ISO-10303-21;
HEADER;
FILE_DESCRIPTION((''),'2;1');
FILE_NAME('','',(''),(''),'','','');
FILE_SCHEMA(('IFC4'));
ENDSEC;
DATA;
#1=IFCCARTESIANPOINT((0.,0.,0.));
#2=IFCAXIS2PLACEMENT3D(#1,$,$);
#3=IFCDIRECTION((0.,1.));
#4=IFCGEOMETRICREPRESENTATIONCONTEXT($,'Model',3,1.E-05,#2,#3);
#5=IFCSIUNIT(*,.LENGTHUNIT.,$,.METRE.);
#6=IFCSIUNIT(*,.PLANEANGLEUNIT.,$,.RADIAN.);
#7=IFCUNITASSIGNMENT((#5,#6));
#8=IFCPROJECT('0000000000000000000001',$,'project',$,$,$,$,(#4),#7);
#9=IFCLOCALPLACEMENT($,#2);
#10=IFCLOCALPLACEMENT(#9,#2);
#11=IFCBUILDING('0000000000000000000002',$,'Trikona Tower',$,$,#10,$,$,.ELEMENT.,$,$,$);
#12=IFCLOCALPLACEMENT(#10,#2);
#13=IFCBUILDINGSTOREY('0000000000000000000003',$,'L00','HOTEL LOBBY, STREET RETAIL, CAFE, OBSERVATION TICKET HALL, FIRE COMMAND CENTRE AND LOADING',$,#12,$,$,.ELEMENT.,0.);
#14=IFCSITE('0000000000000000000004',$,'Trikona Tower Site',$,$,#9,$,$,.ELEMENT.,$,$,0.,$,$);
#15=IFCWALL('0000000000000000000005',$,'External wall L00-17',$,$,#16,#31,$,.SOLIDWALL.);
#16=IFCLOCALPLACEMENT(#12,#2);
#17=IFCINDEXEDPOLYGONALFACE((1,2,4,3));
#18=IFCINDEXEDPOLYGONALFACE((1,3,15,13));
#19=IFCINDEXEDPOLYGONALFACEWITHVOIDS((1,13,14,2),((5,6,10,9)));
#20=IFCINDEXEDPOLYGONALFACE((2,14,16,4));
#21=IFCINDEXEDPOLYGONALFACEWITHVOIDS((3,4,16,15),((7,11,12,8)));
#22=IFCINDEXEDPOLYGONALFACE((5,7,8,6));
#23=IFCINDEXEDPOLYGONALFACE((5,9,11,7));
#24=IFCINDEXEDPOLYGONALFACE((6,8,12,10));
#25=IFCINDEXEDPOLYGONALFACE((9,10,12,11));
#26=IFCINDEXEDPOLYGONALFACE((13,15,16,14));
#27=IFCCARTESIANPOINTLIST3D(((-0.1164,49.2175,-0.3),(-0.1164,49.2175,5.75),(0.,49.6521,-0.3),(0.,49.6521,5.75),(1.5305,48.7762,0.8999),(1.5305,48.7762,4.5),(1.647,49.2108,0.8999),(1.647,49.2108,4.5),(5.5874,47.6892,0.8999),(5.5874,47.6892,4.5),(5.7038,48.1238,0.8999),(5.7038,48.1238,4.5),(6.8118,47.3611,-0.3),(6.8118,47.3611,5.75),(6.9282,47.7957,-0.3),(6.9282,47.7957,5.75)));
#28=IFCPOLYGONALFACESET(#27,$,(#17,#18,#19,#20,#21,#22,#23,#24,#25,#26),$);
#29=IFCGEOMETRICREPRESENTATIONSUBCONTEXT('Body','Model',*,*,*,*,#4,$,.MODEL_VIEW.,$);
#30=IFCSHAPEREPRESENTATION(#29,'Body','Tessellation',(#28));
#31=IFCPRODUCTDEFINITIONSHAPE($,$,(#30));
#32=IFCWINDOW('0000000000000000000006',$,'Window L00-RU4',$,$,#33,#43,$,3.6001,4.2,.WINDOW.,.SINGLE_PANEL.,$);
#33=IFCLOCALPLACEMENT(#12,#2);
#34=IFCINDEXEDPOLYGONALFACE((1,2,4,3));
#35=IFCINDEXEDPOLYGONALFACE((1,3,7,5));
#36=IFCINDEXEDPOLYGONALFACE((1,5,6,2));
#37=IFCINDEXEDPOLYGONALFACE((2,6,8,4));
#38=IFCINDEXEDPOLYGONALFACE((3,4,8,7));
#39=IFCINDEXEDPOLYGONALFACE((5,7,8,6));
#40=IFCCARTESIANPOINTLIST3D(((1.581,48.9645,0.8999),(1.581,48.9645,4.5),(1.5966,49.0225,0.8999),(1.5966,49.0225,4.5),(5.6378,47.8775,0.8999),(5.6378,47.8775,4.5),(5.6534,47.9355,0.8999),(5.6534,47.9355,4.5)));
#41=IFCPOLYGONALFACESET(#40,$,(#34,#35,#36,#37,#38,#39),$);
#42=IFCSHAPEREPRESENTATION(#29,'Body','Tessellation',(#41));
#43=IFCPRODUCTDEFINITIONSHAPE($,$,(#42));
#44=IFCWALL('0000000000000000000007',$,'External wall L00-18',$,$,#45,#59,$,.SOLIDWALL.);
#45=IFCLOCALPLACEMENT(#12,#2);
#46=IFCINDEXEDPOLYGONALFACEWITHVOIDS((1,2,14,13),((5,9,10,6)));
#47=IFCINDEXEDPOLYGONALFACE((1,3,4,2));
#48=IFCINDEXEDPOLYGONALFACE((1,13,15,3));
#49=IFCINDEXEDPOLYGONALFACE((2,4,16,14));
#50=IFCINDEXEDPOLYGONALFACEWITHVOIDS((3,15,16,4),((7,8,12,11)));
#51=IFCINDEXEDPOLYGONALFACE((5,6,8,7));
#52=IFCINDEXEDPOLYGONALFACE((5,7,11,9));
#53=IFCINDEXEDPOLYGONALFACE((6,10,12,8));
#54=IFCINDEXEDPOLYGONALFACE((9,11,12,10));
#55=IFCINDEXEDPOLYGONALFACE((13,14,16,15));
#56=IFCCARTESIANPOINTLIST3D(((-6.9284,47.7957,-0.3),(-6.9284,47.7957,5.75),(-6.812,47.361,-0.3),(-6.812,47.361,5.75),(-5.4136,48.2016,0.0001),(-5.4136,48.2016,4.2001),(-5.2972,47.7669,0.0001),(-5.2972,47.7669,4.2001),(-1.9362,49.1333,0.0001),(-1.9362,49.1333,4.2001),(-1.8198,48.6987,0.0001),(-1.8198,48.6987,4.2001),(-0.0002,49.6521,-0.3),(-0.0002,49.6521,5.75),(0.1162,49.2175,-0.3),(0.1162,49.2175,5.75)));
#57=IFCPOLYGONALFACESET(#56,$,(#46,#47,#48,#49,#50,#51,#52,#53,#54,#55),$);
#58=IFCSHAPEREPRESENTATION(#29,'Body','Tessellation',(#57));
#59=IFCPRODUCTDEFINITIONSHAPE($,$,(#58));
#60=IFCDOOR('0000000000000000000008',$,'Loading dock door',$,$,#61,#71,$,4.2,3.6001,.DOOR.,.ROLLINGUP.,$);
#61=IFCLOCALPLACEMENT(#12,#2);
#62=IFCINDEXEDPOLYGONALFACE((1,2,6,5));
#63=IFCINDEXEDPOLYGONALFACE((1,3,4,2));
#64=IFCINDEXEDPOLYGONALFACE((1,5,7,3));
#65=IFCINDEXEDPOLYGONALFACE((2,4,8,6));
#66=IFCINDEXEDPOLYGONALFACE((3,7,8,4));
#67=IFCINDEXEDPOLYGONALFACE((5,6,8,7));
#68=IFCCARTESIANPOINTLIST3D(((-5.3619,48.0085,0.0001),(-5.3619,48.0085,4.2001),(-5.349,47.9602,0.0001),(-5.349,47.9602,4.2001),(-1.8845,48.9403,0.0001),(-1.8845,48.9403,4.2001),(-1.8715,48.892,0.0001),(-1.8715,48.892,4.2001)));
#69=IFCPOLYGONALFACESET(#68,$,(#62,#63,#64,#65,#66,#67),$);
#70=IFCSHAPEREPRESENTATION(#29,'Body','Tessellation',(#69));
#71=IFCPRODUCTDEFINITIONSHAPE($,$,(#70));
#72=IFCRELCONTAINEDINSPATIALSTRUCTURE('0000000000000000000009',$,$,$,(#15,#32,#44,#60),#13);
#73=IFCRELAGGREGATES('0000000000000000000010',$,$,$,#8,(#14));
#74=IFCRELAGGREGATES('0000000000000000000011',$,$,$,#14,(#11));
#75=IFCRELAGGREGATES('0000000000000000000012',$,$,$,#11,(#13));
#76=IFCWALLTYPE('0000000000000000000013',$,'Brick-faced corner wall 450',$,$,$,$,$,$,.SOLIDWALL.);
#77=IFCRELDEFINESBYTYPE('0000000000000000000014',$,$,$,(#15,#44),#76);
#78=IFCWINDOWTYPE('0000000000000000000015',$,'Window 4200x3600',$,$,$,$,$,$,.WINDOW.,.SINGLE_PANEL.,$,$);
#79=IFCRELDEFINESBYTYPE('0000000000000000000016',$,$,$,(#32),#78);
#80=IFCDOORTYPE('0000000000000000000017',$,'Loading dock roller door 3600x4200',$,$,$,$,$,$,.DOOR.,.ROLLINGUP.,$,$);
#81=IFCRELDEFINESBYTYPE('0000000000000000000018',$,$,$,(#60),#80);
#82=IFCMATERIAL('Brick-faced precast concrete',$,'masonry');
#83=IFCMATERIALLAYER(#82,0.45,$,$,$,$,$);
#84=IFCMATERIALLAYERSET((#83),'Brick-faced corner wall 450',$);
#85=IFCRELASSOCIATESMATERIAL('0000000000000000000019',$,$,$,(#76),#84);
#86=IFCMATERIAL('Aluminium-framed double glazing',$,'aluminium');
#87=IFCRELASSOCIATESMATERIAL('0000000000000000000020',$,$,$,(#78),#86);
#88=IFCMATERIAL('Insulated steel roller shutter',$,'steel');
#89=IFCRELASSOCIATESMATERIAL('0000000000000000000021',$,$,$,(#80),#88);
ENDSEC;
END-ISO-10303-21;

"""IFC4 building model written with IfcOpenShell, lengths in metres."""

from ifc_helpers import new_model, si_unit, direction, frame, frame_2d, origin, place, context, subcontext, project, spatial, rectangle, extrude, material, layer, layer_set, type_object, element, fill, save


model = new_model("IFC4")

# Units and contexts
model_context = context("Model", 3, precision=1e-05, world=origin(), true_north=direction((0.0, 1.0)))
body_context = subcontext(model_context, "Body", "Model", "MODEL_VIEW")
ifc_project = project(units=[si_unit("LENGTHUNIT", "METRE"), si_unit("PLANEANGLEUNIT", "RADIAN")], contexts=[model_context])

# Site, building, storey
site_placement = place(None, origin())
site = spatial("IfcSite", under=ifc_project, at=site_placement, Name="Trikona Tower Site", CompositionType="ELEMENT", RefElevation=0.0)
building_placement = place(site_placement, origin())
building = spatial("IfcBuilding", under=site, at=building_placement, Name="Trikona Tower", CompositionType="ELEMENT")
storey_placement = place(building_placement, origin())
storey = spatial("IfcBuildingStorey", under=building, at=storey_placement, Name="L00", Description="HOTEL LOBBY, STREET RETAIL, CAFE, OBSERVATION TICKET HALL, FIRE COMMAND CENTRE AND LOADING", CompositionType="ELEMENT", Elevation=0.0)

# Wall, opening, window
ifc_material_1 = material(Name="Brick-faced precast concrete", Category="masonry")
ifc_layer = layer(ifc_material_1, 0.45)
ifc_layer_set = layer_set([ifc_layer], Name="Brick-faced corner wall 450")
wall_type = type_object("IfcWallType", Name="Brick-faced corner wall 450", PredefinedType="SOLIDWALL", material=ifc_layer_set)
ifc_material_2 = material(Name="Aluminium-framed double glazing", Category="aluminium")
window_type = type_object("IfcWindowType", Name="Window 4200x3600", PartitioningType="SINGLE_PANEL", PredefinedType="WINDOW", material=ifc_material_2)
wall_1_placement = place(storey_placement, frame((6.8701, 47.5784, -0.3), z_axis=(0.0, 0.0, 1.0), x_axis=(-0.965925, 0.258823, 0.0)))
wall_1 = element("IfcWall", 1, at=wall_1_placement, inside=storey, type_object=wall_type, Name="External wall L00-17", PredefinedType="SOLIDWALL", context=body_context, shape_type="SweptSolid", body=[
    extrude(rectangle(XDim=7.1726, YDim=0.45, at=frame_2d((3.5864, 0.0))), origin(), (0.0, 0.0, 1.0), 6.05),
])
opening_1_placement = place(wall_1_placement, frame((1.2676, 0.0, 1.2)))
opening_1 = element("IfcOpeningElement", 2, at=opening_1_placement, cuts=wall_1, PredefinedType="OPENING", context=body_context, shape_type="SweptSolid", body=[
    extrude(rectangle(XDim=4.2, YDim=3.6001, at=frame_2d((2.1001, 1.8))), frame((0.0, 0.2349, 0.0), z_axis=(0.0, -1.0, 0.0), x_axis=(1.0, 0.0, 0.0)), (0.0, 0.0, 1.0), 0.47),
])
window_1_placement = place(opening_1_placement, origin())
window_1 = element("IfcWindow", 3, at=window_1_placement, inside=storey, type_object=window_type, Name="Window L00-RU4", OverallHeight=3.6001, OverallWidth=4.2, PartitioningType="SINGLE_PANEL", PredefinedType="WINDOW", context=body_context, shape_type="SweptSolid", body=[
    extrude(rectangle(XDim=4.2, YDim=3.6001, at=frame_2d((2.1001, 1.8))), frame((0.0, 0.03, 0.0), z_axis=(0.0, -1.0, 0.0), x_axis=(1.0, 0.0, 0.0)), (0.0, 0.0, 1.0), 0.0601),
])
fill(opening_1, window_1)

# Wall, opening, door
wall_2_placement = place(storey_placement, frame((0.0581, 49.4348, -0.3), z_axis=(0.0, 0.0, 1.0), x_axis=(-0.965925, -0.258823, 0.0)))
wall_2 = element("IfcWall", 4, at=wall_2_placement, inside=storey, type_object=wall_type, Name="External wall L00-18", PredefinedType="SOLIDWALL", context=body_context, shape_type="SweptSolid", body=[
    extrude(rectangle(XDim=7.1726, YDim=0.45, at=frame_2d((3.5864, 0.0))), origin(), (0.0, 0.0, 1.0), 6.05),
])
opening_2_placement = place(wall_2_placement, frame((2.0044, 0.0, 0.3)))
opening_2 = element("IfcOpeningElement", 5, at=opening_2_placement, cuts=wall_2, PredefinedType="OPENING", context=body_context, shape_type="SweptSolid", body=[
    extrude(rectangle(XDim=3.6001, YDim=4.2, at=frame_2d((1.8, 2.1001))), frame((0.0, 0.2349, 0.0), z_axis=(0.0, -1.0, 0.0), x_axis=(1.0, 0.0, 0.0)), (0.0, 0.0, 1.0), 0.47),
])
ifc_material_3 = material(Name="Insulated steel roller shutter", Category="steel")
door_type = type_object("IfcDoorType", Name="Loading dock roller door 3600x4200", OperationType="ROLLINGUP", PredefinedType="DOOR", material=ifc_material_3)
door_placement = place(opening_2_placement, origin())
door = element("IfcDoor", 6, at=door_placement, inside=storey, type_object=door_type, Name="Loading dock door", OperationType="ROLLINGUP", OverallHeight=4.2, OverallWidth=3.6001, PredefinedType="DOOR", context=body_context, shape_type="SweptSolid", body=[
    extrude(rectangle(XDim=3.6001, YDim=4.2, at=frame_2d((1.8, 2.1001))), frame((0.0, 0.0249, 0.0), z_axis=(0.0, -1.0, 0.0), x_axis=(1.0, 0.0, 0.0)), (0.0, 0.0, 1.0), 0.05),
])
fill(opening_2, door)

save(model, "model.ifc")
